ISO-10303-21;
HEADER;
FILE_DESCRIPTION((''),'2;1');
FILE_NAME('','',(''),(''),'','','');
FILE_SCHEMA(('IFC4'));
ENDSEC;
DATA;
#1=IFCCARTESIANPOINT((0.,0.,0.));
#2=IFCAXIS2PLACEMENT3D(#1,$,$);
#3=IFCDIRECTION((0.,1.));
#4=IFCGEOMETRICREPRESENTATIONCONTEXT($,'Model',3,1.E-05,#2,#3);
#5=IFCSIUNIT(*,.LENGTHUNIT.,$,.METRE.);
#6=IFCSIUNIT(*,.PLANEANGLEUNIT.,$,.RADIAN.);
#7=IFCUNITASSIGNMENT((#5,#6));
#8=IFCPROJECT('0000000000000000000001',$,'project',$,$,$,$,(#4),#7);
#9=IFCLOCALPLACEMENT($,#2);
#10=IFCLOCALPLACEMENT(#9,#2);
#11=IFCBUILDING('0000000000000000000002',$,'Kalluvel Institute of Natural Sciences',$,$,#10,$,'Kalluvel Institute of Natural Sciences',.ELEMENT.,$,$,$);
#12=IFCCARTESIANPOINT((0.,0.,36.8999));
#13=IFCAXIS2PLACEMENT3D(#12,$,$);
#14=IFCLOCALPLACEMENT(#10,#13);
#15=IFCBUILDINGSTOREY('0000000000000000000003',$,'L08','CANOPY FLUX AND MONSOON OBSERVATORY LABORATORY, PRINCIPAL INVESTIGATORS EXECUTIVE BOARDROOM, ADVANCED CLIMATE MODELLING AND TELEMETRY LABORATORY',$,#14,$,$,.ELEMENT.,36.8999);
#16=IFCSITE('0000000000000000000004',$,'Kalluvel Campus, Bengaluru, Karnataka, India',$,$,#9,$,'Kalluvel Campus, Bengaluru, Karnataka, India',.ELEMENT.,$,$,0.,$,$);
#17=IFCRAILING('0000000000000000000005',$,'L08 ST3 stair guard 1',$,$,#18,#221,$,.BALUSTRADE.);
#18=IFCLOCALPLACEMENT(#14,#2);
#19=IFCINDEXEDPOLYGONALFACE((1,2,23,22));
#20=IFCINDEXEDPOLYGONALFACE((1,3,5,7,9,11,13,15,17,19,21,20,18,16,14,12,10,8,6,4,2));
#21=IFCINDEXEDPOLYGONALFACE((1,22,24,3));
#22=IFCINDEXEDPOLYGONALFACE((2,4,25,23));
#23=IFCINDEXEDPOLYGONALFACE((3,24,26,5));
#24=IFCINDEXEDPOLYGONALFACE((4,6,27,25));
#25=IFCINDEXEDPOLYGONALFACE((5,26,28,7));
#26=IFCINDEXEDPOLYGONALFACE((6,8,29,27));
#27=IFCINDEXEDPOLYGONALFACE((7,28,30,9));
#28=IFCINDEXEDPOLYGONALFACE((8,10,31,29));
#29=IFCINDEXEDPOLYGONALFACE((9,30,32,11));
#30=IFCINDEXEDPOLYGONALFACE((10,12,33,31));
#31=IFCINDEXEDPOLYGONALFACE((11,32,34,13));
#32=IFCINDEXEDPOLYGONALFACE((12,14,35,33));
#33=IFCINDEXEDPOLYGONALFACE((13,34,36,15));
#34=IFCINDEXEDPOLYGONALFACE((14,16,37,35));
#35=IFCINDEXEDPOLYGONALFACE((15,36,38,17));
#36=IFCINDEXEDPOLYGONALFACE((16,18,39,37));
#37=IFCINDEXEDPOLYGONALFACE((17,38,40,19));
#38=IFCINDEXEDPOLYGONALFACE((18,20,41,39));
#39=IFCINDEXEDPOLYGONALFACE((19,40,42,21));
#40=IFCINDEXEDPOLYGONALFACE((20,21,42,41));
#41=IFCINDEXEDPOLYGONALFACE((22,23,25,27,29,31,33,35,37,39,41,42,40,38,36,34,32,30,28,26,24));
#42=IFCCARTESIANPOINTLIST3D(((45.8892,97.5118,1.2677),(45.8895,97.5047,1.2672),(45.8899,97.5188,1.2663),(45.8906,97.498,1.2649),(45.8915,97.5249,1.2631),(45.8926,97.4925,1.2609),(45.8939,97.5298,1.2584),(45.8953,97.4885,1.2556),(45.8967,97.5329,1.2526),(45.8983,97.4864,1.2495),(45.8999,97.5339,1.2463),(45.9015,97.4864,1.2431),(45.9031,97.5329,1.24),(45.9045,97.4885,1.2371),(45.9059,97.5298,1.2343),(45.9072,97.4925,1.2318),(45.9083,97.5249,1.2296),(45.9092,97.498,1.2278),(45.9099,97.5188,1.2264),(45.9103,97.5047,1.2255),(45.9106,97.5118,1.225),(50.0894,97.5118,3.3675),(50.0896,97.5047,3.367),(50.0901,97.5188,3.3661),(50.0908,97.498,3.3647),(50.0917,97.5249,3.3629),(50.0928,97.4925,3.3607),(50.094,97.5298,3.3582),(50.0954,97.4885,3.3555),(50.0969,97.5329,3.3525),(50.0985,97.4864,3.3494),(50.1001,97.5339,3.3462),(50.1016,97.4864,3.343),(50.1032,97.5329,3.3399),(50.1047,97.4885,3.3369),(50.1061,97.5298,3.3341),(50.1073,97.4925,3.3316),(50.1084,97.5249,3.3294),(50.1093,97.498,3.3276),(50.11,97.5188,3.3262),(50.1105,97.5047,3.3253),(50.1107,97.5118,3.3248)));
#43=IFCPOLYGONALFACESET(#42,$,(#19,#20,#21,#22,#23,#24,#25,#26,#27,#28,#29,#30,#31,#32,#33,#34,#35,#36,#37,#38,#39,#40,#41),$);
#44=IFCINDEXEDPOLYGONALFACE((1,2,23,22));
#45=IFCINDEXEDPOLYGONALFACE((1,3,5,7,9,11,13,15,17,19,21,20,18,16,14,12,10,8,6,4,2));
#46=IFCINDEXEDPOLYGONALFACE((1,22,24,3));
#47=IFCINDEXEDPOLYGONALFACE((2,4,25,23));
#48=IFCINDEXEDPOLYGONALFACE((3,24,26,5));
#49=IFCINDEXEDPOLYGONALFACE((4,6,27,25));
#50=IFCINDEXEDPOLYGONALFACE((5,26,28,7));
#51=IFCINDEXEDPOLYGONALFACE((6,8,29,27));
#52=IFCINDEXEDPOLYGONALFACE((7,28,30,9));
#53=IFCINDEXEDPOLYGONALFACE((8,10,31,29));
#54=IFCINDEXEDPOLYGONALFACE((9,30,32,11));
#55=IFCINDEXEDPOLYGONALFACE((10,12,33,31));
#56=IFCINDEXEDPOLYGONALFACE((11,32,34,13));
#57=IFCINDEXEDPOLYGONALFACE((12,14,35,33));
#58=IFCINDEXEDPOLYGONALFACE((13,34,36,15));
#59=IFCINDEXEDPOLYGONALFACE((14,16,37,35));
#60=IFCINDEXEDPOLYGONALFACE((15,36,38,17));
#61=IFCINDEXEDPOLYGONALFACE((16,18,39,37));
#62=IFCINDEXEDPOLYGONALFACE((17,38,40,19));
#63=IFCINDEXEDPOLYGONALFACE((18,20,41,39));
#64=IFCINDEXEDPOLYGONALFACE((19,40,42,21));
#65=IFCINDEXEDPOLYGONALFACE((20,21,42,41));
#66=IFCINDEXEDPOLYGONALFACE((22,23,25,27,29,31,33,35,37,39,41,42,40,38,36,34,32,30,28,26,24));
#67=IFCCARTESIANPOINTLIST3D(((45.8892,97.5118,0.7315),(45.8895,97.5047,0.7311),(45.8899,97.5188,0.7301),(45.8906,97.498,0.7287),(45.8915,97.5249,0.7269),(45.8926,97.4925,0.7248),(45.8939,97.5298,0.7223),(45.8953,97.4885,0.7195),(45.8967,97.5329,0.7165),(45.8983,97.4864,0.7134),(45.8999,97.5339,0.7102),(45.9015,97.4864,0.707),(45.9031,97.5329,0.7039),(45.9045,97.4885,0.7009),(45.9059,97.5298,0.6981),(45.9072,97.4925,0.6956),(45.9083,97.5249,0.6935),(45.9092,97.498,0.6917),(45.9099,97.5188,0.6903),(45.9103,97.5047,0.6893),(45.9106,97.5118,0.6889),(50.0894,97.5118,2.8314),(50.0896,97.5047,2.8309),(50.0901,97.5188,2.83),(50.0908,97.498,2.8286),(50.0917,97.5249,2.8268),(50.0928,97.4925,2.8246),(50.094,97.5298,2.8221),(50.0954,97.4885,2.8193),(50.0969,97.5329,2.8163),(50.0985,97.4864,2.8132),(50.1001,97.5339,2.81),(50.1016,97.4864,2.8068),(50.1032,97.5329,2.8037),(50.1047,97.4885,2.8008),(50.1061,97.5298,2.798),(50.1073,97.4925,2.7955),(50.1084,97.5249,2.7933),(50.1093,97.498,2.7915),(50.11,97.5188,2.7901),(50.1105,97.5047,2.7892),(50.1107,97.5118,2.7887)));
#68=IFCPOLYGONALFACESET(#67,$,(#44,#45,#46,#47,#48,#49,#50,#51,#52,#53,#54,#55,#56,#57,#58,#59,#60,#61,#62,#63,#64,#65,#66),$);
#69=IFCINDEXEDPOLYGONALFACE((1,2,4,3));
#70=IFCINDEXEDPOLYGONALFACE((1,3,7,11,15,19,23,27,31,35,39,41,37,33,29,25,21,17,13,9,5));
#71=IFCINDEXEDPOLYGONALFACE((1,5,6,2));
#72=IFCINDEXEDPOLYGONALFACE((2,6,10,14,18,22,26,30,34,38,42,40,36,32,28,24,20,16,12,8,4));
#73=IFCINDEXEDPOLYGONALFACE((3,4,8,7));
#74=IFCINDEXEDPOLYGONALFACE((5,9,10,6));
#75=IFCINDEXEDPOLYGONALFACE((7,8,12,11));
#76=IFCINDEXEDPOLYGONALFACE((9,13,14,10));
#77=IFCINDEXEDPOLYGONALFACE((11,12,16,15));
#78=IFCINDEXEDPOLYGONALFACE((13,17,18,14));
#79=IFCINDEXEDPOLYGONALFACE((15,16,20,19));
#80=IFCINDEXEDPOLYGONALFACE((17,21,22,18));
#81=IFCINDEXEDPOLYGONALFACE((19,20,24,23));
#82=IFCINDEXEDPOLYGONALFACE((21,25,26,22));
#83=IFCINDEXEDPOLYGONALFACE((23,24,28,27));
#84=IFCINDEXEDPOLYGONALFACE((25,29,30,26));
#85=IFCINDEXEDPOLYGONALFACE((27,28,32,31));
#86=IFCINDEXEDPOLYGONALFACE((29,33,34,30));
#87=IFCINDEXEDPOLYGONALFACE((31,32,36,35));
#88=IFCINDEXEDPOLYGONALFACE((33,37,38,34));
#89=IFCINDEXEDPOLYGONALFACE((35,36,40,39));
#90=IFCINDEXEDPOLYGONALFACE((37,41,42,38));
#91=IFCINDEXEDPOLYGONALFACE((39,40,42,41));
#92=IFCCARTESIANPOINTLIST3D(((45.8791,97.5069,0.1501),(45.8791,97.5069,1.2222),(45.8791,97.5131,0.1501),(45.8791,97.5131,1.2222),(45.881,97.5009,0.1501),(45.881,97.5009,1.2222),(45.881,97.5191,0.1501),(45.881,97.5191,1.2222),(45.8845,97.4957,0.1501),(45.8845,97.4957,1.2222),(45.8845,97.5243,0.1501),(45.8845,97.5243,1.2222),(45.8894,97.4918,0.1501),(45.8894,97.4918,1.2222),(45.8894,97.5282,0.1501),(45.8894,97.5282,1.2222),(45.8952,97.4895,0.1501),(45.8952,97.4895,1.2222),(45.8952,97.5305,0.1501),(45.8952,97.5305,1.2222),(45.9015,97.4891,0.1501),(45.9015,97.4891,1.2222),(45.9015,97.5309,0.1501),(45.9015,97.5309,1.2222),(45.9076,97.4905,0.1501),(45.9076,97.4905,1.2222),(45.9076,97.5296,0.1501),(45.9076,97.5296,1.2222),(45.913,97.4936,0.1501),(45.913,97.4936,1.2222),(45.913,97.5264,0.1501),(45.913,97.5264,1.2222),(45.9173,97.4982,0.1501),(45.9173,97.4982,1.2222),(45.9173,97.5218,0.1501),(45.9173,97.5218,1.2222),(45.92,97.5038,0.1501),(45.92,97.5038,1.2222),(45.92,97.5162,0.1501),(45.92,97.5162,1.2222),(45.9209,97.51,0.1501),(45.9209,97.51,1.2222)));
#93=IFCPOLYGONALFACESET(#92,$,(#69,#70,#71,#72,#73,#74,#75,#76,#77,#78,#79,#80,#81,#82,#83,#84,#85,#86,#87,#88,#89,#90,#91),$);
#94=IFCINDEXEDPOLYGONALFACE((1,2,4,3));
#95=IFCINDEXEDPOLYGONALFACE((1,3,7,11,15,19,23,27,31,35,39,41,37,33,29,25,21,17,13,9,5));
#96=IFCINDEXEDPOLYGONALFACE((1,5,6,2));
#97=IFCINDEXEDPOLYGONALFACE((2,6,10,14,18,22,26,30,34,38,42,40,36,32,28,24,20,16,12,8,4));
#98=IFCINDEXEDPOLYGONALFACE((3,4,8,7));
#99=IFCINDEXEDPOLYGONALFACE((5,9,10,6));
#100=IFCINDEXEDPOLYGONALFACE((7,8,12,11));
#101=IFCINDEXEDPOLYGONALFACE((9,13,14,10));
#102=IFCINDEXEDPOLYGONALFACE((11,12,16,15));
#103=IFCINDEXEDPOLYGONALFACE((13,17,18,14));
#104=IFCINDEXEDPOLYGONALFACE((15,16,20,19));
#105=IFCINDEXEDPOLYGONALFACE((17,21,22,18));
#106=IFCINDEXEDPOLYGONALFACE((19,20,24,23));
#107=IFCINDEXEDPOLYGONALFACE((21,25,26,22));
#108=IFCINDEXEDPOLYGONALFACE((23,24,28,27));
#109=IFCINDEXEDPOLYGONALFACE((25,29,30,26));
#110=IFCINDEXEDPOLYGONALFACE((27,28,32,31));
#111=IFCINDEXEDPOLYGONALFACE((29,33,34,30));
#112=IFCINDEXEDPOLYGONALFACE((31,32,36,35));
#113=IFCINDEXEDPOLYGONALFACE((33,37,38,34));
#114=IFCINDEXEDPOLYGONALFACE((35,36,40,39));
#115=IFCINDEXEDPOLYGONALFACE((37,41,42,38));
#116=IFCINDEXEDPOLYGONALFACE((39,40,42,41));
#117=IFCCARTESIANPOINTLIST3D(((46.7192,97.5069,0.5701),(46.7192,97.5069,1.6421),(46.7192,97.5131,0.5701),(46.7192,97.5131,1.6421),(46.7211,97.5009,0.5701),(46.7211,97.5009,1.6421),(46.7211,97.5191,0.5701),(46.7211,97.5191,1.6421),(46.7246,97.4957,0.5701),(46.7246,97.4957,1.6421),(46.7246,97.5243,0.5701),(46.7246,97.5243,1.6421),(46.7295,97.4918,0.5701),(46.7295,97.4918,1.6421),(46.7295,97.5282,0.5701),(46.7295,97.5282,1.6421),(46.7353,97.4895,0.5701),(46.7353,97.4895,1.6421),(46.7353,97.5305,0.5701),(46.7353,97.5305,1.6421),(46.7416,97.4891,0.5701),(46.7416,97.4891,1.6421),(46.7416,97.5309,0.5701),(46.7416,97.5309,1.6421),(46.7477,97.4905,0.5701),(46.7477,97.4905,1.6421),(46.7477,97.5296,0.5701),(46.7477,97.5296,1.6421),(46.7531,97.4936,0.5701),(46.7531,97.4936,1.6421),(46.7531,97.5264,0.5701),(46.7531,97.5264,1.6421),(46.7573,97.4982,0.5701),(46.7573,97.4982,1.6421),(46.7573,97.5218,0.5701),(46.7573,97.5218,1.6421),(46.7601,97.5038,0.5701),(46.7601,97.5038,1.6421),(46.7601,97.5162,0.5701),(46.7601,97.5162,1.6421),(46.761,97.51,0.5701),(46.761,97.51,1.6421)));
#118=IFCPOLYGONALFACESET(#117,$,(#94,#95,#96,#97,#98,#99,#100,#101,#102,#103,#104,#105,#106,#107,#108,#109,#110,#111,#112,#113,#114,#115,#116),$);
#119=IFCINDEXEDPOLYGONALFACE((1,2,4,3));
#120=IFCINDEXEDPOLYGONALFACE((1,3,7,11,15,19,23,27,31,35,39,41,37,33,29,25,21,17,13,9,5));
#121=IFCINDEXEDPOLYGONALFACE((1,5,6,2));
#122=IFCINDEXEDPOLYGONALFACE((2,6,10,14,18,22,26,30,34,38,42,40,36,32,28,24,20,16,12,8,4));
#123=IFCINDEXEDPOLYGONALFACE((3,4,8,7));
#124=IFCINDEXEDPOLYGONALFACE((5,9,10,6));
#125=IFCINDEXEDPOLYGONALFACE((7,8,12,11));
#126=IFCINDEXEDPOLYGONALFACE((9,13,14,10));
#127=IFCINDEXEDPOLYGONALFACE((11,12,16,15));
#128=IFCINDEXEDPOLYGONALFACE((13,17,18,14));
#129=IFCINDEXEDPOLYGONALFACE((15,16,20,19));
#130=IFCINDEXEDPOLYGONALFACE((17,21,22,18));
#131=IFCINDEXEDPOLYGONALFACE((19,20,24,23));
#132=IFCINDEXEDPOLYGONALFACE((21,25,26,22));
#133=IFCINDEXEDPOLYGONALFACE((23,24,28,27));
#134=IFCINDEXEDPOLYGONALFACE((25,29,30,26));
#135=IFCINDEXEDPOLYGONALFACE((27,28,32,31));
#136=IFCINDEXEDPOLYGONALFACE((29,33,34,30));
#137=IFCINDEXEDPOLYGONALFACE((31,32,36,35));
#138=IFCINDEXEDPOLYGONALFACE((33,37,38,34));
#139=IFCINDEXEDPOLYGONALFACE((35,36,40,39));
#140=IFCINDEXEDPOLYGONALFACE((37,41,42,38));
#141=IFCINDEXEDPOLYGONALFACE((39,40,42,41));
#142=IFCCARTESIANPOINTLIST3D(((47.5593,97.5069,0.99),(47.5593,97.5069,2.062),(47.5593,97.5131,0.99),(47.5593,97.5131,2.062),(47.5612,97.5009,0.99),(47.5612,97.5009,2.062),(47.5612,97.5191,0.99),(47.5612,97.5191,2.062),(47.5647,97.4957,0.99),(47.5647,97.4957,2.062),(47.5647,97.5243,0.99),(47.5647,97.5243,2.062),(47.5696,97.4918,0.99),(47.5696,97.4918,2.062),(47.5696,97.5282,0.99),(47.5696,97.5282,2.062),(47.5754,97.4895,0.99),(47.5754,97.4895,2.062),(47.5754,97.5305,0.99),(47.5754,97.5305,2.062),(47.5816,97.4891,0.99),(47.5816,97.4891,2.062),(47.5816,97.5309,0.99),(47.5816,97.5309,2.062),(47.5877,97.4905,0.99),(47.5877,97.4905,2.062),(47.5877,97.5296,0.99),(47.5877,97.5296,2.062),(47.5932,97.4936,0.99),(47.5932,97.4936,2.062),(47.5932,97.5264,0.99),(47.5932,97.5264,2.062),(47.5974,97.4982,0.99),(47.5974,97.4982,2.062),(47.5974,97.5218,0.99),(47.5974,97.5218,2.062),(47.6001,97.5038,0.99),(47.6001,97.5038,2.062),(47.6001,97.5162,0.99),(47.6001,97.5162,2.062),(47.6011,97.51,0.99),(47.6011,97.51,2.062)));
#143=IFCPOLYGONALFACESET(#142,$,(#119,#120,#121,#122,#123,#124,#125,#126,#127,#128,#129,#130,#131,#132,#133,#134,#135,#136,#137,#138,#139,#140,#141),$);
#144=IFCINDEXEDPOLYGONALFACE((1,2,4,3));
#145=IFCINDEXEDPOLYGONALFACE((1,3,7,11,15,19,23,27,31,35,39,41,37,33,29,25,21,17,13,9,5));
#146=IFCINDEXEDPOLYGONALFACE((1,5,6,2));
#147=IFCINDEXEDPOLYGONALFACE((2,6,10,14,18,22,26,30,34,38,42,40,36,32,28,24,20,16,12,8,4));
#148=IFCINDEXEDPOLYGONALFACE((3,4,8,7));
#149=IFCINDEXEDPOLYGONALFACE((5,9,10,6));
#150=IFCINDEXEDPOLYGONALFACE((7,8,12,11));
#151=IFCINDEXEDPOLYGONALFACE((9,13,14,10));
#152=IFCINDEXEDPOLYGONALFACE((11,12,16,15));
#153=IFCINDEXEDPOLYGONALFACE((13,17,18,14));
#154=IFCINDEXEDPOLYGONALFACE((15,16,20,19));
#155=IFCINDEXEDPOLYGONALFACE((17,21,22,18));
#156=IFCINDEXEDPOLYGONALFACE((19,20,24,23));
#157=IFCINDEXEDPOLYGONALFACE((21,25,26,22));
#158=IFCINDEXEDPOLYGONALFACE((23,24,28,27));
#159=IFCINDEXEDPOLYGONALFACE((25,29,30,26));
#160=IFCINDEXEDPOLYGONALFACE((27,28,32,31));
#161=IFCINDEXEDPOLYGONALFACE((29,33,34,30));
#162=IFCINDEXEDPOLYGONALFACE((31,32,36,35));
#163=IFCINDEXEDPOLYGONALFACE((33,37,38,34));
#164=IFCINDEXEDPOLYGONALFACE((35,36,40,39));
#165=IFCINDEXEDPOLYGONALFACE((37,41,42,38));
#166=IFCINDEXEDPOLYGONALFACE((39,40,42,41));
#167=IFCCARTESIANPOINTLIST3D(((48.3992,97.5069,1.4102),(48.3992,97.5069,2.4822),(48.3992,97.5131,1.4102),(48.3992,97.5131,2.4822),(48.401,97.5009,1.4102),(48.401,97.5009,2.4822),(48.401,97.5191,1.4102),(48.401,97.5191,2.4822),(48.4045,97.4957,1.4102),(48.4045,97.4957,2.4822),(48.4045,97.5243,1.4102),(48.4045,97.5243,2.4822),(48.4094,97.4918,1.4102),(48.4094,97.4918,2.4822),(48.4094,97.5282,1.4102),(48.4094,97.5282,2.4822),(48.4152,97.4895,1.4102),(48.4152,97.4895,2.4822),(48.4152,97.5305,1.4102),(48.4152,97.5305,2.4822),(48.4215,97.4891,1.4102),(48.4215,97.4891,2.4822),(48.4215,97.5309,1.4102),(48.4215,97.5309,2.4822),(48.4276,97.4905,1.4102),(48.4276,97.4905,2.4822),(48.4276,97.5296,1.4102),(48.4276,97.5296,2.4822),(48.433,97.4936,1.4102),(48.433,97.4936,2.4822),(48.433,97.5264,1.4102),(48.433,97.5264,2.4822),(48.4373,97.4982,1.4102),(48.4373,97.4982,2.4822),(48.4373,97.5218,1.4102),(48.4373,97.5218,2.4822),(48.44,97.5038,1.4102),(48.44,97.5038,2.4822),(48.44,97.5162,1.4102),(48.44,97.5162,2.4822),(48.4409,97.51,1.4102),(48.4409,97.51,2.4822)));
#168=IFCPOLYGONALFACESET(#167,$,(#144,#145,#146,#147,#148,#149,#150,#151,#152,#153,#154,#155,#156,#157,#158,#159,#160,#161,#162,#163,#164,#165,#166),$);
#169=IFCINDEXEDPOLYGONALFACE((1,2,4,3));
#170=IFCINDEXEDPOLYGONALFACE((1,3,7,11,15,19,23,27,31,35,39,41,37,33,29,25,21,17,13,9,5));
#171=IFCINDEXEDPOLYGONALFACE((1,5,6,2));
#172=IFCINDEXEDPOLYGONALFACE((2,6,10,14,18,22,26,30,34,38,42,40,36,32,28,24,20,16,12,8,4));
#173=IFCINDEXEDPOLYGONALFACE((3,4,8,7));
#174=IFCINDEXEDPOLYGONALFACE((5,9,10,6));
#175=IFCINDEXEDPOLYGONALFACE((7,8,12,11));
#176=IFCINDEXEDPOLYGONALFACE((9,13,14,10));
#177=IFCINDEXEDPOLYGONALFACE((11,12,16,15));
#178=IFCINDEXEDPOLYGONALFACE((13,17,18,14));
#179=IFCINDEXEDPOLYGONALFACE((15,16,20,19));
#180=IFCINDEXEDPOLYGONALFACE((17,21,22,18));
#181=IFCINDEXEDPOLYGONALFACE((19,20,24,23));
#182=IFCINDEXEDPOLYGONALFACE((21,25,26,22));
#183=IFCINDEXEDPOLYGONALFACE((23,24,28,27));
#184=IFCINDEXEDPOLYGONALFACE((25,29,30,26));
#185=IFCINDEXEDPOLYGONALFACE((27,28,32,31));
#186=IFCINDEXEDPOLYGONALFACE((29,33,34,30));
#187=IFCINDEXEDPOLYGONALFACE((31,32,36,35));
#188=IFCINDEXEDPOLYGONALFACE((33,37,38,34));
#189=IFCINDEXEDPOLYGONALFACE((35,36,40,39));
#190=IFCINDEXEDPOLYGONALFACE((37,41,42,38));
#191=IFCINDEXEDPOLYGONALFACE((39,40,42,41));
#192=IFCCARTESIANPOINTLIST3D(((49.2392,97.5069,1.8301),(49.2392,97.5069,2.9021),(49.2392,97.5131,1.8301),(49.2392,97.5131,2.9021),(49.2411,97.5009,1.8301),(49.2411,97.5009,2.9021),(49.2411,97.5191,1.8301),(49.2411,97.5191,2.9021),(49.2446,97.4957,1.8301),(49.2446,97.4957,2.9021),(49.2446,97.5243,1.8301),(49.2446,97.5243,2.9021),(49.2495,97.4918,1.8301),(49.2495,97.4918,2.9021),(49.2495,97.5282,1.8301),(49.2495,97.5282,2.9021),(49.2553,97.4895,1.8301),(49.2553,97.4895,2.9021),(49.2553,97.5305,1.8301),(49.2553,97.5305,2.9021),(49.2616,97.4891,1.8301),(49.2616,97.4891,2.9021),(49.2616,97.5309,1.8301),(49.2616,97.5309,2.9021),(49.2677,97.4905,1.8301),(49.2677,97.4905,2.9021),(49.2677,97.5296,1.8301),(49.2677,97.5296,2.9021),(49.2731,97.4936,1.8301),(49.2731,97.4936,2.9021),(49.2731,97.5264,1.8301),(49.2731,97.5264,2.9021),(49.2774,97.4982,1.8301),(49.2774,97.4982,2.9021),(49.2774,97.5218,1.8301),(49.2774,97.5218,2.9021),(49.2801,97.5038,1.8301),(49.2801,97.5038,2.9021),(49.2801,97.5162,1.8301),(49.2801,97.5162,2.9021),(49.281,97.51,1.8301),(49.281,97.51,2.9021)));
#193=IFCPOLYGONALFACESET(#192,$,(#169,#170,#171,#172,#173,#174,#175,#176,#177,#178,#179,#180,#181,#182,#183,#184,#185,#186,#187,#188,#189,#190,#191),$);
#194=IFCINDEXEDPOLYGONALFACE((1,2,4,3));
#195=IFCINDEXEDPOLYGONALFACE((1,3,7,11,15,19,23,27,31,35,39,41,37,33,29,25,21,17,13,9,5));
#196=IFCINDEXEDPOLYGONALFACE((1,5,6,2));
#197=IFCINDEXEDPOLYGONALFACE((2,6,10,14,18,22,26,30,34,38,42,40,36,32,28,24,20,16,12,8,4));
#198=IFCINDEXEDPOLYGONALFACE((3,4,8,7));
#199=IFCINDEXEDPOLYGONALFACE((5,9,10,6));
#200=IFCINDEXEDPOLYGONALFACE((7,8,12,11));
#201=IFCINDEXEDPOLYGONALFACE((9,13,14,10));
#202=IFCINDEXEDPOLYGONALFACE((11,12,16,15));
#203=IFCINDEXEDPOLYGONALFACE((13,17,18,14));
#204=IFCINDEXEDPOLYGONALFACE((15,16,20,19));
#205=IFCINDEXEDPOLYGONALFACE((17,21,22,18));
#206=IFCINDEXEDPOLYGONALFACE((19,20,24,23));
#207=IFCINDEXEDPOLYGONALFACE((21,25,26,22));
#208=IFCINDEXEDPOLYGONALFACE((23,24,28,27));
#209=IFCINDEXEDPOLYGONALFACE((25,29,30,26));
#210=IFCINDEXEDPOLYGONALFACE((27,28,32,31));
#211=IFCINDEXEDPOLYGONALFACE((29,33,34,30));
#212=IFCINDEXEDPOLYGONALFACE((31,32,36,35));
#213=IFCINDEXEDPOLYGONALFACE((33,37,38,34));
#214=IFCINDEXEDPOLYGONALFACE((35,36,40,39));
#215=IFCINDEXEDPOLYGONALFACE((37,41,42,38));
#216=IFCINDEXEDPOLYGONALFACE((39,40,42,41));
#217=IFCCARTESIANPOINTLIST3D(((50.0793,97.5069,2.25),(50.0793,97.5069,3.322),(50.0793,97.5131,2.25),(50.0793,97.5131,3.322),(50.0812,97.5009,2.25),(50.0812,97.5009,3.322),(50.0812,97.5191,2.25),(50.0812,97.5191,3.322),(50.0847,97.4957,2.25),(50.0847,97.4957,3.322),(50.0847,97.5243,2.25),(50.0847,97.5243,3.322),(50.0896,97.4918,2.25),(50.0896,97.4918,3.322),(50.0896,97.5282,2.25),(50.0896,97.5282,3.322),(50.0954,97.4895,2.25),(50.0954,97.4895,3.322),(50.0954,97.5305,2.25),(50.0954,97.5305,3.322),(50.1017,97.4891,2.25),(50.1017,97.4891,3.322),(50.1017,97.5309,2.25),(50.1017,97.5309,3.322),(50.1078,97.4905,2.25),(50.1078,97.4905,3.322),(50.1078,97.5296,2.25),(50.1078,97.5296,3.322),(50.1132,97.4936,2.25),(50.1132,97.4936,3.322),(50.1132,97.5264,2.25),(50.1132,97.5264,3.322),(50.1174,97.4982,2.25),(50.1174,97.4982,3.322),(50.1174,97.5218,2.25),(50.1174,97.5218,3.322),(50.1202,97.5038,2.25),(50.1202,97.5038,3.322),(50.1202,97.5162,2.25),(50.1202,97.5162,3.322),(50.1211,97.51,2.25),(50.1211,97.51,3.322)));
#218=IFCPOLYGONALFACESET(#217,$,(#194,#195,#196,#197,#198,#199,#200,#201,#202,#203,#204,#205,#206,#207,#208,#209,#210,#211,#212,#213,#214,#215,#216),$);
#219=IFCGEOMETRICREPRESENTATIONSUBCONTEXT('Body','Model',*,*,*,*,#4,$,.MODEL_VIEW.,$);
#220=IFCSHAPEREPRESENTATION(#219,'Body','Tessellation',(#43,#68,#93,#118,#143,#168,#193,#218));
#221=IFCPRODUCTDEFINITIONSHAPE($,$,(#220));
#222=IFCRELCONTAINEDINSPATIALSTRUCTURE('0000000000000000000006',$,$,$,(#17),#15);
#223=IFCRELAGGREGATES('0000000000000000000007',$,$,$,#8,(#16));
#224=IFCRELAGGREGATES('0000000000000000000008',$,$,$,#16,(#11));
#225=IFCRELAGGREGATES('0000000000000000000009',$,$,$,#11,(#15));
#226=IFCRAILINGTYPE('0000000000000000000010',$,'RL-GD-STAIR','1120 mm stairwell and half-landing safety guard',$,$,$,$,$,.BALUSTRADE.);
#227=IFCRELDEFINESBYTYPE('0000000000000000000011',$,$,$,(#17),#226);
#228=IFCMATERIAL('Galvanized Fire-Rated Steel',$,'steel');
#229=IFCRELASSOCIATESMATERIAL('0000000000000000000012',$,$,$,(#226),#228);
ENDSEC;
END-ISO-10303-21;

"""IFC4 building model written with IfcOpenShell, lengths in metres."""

from ifc_helpers import new_model, si_unit, direction, frame, origin, origin_2d, place, context, subcontext, project, spatial, circle, extrude, material, type_object, element, save


model = new_model("IFC4")

# Units and contexts
model_context = context("Model", 3, precision=1e-05, world=origin(), true_north=direction((0.0, 1.0)))
body_context = subcontext(model_context, "Body", "Model", "MODEL_VIEW")
ifc_project = project(units=[si_unit("LENGTHUNIT", "METRE"), si_unit("PLANEANGLEUNIT", "RADIAN")], contexts=[model_context])

# Site, building, storey
site_placement = place(None, origin())
site = spatial("IfcSite", under=ifc_project, at=site_placement, Name="Kalluvel Campus, Bengaluru, Karnataka, India", LongName="Kalluvel Campus, Bengaluru, Karnataka, India", CompositionType="ELEMENT", RefElevation=0.0)
building_placement = place(site_placement, origin())
building = spatial("IfcBuilding", under=site, at=building_placement, Name="Kalluvel Institute of Natural Sciences", LongName="Kalluvel Institute of Natural Sciences", CompositionType="ELEMENT")
storey_placement = place(building_placement, frame((0.0, 0.0, 36.8999)))
storey = spatial("IfcBuildingStorey", under=building, at=storey_placement, Name="L08", Description="CANOPY FLUX AND MONSOON OBSERVATORY LABORATORY, PRINCIPAL INVESTIGATORS EXECUTIVE BOARDROOM, ADVANCED CLIMATE MODELLING AND TELEMETRY LABORATORY", CompositionType="ELEMENT", Elevation=36.8999)

# Shared definitions
ifc_material_1 = material(Name="Galvanized Fire-Rated Steel", Category="steel")

# Railing
railing_type_1 = type_object("IfcRailingType", Name="RL-GD-STAIR", Description="1120 mm stairwell and half-landing safety guard", PredefinedType="BALUSTRADE", material=ifc_material_1)
railing_1_placement = place(storey_placement, frame((45.8999, 97.51, 0.1501)))
element("IfcRailing", 1, at=railing_1_placement, inside=storey, type_object=railing_type_1, Name="L08 ST3 stair guard 1", PredefinedType="BALUSTRADE", context=body_context, shape_type="SweptSolid", body=[
    extrude(circle(Radius=0.0239, at=origin_2d()), frame((0.0, 0.0, 1.0962), z_axis=(0.894448, 0.0, 0.447172), x_axis=(0.0, 1.0, 0.0)), (0.0, 0.0, 1.0), 4.6958),
    extrude(circle(Radius=0.0239, at=origin_2d()), frame((0.0, 0.0, 0.5601), z_axis=(0.894448, 0.0, 0.447172), x_axis=(0.0, 1.0, 0.0)), (0.0, 0.0, 1.0), 4.6958),
    extrude(circle(Radius=0.021, at=origin_2d()), origin(), (0.0, 0.0, 1.0), 1.072),
    extrude(circle(Radius=0.021, at=origin_2d()), frame((0.8401, 0.0, 0.4199)), (0.0, 0.0, 1.0), 1.072),
    extrude(circle(Radius=0.021, at=origin_2d()), frame((1.6802, 0.0, 0.8398)), (0.0, 0.0, 1.0), 1.072),
    extrude(circle(Radius=0.021, at=origin_2d()), frame((2.52, 0.0, 1.26)), (0.0, 0.0, 1.0), 1.072),
    extrude(circle(Radius=0.021, at=origin_2d()), frame((3.3601, 0.0, 1.6799)), (0.0, 0.0, 1.0), 1.072),
    extrude(circle(Radius=0.021, at=origin_2d()), frame((4.2002, 0.0, 2.0999)), (0.0, 0.0, 1.0), 1.072),
])

save(model, "model.ifc")
